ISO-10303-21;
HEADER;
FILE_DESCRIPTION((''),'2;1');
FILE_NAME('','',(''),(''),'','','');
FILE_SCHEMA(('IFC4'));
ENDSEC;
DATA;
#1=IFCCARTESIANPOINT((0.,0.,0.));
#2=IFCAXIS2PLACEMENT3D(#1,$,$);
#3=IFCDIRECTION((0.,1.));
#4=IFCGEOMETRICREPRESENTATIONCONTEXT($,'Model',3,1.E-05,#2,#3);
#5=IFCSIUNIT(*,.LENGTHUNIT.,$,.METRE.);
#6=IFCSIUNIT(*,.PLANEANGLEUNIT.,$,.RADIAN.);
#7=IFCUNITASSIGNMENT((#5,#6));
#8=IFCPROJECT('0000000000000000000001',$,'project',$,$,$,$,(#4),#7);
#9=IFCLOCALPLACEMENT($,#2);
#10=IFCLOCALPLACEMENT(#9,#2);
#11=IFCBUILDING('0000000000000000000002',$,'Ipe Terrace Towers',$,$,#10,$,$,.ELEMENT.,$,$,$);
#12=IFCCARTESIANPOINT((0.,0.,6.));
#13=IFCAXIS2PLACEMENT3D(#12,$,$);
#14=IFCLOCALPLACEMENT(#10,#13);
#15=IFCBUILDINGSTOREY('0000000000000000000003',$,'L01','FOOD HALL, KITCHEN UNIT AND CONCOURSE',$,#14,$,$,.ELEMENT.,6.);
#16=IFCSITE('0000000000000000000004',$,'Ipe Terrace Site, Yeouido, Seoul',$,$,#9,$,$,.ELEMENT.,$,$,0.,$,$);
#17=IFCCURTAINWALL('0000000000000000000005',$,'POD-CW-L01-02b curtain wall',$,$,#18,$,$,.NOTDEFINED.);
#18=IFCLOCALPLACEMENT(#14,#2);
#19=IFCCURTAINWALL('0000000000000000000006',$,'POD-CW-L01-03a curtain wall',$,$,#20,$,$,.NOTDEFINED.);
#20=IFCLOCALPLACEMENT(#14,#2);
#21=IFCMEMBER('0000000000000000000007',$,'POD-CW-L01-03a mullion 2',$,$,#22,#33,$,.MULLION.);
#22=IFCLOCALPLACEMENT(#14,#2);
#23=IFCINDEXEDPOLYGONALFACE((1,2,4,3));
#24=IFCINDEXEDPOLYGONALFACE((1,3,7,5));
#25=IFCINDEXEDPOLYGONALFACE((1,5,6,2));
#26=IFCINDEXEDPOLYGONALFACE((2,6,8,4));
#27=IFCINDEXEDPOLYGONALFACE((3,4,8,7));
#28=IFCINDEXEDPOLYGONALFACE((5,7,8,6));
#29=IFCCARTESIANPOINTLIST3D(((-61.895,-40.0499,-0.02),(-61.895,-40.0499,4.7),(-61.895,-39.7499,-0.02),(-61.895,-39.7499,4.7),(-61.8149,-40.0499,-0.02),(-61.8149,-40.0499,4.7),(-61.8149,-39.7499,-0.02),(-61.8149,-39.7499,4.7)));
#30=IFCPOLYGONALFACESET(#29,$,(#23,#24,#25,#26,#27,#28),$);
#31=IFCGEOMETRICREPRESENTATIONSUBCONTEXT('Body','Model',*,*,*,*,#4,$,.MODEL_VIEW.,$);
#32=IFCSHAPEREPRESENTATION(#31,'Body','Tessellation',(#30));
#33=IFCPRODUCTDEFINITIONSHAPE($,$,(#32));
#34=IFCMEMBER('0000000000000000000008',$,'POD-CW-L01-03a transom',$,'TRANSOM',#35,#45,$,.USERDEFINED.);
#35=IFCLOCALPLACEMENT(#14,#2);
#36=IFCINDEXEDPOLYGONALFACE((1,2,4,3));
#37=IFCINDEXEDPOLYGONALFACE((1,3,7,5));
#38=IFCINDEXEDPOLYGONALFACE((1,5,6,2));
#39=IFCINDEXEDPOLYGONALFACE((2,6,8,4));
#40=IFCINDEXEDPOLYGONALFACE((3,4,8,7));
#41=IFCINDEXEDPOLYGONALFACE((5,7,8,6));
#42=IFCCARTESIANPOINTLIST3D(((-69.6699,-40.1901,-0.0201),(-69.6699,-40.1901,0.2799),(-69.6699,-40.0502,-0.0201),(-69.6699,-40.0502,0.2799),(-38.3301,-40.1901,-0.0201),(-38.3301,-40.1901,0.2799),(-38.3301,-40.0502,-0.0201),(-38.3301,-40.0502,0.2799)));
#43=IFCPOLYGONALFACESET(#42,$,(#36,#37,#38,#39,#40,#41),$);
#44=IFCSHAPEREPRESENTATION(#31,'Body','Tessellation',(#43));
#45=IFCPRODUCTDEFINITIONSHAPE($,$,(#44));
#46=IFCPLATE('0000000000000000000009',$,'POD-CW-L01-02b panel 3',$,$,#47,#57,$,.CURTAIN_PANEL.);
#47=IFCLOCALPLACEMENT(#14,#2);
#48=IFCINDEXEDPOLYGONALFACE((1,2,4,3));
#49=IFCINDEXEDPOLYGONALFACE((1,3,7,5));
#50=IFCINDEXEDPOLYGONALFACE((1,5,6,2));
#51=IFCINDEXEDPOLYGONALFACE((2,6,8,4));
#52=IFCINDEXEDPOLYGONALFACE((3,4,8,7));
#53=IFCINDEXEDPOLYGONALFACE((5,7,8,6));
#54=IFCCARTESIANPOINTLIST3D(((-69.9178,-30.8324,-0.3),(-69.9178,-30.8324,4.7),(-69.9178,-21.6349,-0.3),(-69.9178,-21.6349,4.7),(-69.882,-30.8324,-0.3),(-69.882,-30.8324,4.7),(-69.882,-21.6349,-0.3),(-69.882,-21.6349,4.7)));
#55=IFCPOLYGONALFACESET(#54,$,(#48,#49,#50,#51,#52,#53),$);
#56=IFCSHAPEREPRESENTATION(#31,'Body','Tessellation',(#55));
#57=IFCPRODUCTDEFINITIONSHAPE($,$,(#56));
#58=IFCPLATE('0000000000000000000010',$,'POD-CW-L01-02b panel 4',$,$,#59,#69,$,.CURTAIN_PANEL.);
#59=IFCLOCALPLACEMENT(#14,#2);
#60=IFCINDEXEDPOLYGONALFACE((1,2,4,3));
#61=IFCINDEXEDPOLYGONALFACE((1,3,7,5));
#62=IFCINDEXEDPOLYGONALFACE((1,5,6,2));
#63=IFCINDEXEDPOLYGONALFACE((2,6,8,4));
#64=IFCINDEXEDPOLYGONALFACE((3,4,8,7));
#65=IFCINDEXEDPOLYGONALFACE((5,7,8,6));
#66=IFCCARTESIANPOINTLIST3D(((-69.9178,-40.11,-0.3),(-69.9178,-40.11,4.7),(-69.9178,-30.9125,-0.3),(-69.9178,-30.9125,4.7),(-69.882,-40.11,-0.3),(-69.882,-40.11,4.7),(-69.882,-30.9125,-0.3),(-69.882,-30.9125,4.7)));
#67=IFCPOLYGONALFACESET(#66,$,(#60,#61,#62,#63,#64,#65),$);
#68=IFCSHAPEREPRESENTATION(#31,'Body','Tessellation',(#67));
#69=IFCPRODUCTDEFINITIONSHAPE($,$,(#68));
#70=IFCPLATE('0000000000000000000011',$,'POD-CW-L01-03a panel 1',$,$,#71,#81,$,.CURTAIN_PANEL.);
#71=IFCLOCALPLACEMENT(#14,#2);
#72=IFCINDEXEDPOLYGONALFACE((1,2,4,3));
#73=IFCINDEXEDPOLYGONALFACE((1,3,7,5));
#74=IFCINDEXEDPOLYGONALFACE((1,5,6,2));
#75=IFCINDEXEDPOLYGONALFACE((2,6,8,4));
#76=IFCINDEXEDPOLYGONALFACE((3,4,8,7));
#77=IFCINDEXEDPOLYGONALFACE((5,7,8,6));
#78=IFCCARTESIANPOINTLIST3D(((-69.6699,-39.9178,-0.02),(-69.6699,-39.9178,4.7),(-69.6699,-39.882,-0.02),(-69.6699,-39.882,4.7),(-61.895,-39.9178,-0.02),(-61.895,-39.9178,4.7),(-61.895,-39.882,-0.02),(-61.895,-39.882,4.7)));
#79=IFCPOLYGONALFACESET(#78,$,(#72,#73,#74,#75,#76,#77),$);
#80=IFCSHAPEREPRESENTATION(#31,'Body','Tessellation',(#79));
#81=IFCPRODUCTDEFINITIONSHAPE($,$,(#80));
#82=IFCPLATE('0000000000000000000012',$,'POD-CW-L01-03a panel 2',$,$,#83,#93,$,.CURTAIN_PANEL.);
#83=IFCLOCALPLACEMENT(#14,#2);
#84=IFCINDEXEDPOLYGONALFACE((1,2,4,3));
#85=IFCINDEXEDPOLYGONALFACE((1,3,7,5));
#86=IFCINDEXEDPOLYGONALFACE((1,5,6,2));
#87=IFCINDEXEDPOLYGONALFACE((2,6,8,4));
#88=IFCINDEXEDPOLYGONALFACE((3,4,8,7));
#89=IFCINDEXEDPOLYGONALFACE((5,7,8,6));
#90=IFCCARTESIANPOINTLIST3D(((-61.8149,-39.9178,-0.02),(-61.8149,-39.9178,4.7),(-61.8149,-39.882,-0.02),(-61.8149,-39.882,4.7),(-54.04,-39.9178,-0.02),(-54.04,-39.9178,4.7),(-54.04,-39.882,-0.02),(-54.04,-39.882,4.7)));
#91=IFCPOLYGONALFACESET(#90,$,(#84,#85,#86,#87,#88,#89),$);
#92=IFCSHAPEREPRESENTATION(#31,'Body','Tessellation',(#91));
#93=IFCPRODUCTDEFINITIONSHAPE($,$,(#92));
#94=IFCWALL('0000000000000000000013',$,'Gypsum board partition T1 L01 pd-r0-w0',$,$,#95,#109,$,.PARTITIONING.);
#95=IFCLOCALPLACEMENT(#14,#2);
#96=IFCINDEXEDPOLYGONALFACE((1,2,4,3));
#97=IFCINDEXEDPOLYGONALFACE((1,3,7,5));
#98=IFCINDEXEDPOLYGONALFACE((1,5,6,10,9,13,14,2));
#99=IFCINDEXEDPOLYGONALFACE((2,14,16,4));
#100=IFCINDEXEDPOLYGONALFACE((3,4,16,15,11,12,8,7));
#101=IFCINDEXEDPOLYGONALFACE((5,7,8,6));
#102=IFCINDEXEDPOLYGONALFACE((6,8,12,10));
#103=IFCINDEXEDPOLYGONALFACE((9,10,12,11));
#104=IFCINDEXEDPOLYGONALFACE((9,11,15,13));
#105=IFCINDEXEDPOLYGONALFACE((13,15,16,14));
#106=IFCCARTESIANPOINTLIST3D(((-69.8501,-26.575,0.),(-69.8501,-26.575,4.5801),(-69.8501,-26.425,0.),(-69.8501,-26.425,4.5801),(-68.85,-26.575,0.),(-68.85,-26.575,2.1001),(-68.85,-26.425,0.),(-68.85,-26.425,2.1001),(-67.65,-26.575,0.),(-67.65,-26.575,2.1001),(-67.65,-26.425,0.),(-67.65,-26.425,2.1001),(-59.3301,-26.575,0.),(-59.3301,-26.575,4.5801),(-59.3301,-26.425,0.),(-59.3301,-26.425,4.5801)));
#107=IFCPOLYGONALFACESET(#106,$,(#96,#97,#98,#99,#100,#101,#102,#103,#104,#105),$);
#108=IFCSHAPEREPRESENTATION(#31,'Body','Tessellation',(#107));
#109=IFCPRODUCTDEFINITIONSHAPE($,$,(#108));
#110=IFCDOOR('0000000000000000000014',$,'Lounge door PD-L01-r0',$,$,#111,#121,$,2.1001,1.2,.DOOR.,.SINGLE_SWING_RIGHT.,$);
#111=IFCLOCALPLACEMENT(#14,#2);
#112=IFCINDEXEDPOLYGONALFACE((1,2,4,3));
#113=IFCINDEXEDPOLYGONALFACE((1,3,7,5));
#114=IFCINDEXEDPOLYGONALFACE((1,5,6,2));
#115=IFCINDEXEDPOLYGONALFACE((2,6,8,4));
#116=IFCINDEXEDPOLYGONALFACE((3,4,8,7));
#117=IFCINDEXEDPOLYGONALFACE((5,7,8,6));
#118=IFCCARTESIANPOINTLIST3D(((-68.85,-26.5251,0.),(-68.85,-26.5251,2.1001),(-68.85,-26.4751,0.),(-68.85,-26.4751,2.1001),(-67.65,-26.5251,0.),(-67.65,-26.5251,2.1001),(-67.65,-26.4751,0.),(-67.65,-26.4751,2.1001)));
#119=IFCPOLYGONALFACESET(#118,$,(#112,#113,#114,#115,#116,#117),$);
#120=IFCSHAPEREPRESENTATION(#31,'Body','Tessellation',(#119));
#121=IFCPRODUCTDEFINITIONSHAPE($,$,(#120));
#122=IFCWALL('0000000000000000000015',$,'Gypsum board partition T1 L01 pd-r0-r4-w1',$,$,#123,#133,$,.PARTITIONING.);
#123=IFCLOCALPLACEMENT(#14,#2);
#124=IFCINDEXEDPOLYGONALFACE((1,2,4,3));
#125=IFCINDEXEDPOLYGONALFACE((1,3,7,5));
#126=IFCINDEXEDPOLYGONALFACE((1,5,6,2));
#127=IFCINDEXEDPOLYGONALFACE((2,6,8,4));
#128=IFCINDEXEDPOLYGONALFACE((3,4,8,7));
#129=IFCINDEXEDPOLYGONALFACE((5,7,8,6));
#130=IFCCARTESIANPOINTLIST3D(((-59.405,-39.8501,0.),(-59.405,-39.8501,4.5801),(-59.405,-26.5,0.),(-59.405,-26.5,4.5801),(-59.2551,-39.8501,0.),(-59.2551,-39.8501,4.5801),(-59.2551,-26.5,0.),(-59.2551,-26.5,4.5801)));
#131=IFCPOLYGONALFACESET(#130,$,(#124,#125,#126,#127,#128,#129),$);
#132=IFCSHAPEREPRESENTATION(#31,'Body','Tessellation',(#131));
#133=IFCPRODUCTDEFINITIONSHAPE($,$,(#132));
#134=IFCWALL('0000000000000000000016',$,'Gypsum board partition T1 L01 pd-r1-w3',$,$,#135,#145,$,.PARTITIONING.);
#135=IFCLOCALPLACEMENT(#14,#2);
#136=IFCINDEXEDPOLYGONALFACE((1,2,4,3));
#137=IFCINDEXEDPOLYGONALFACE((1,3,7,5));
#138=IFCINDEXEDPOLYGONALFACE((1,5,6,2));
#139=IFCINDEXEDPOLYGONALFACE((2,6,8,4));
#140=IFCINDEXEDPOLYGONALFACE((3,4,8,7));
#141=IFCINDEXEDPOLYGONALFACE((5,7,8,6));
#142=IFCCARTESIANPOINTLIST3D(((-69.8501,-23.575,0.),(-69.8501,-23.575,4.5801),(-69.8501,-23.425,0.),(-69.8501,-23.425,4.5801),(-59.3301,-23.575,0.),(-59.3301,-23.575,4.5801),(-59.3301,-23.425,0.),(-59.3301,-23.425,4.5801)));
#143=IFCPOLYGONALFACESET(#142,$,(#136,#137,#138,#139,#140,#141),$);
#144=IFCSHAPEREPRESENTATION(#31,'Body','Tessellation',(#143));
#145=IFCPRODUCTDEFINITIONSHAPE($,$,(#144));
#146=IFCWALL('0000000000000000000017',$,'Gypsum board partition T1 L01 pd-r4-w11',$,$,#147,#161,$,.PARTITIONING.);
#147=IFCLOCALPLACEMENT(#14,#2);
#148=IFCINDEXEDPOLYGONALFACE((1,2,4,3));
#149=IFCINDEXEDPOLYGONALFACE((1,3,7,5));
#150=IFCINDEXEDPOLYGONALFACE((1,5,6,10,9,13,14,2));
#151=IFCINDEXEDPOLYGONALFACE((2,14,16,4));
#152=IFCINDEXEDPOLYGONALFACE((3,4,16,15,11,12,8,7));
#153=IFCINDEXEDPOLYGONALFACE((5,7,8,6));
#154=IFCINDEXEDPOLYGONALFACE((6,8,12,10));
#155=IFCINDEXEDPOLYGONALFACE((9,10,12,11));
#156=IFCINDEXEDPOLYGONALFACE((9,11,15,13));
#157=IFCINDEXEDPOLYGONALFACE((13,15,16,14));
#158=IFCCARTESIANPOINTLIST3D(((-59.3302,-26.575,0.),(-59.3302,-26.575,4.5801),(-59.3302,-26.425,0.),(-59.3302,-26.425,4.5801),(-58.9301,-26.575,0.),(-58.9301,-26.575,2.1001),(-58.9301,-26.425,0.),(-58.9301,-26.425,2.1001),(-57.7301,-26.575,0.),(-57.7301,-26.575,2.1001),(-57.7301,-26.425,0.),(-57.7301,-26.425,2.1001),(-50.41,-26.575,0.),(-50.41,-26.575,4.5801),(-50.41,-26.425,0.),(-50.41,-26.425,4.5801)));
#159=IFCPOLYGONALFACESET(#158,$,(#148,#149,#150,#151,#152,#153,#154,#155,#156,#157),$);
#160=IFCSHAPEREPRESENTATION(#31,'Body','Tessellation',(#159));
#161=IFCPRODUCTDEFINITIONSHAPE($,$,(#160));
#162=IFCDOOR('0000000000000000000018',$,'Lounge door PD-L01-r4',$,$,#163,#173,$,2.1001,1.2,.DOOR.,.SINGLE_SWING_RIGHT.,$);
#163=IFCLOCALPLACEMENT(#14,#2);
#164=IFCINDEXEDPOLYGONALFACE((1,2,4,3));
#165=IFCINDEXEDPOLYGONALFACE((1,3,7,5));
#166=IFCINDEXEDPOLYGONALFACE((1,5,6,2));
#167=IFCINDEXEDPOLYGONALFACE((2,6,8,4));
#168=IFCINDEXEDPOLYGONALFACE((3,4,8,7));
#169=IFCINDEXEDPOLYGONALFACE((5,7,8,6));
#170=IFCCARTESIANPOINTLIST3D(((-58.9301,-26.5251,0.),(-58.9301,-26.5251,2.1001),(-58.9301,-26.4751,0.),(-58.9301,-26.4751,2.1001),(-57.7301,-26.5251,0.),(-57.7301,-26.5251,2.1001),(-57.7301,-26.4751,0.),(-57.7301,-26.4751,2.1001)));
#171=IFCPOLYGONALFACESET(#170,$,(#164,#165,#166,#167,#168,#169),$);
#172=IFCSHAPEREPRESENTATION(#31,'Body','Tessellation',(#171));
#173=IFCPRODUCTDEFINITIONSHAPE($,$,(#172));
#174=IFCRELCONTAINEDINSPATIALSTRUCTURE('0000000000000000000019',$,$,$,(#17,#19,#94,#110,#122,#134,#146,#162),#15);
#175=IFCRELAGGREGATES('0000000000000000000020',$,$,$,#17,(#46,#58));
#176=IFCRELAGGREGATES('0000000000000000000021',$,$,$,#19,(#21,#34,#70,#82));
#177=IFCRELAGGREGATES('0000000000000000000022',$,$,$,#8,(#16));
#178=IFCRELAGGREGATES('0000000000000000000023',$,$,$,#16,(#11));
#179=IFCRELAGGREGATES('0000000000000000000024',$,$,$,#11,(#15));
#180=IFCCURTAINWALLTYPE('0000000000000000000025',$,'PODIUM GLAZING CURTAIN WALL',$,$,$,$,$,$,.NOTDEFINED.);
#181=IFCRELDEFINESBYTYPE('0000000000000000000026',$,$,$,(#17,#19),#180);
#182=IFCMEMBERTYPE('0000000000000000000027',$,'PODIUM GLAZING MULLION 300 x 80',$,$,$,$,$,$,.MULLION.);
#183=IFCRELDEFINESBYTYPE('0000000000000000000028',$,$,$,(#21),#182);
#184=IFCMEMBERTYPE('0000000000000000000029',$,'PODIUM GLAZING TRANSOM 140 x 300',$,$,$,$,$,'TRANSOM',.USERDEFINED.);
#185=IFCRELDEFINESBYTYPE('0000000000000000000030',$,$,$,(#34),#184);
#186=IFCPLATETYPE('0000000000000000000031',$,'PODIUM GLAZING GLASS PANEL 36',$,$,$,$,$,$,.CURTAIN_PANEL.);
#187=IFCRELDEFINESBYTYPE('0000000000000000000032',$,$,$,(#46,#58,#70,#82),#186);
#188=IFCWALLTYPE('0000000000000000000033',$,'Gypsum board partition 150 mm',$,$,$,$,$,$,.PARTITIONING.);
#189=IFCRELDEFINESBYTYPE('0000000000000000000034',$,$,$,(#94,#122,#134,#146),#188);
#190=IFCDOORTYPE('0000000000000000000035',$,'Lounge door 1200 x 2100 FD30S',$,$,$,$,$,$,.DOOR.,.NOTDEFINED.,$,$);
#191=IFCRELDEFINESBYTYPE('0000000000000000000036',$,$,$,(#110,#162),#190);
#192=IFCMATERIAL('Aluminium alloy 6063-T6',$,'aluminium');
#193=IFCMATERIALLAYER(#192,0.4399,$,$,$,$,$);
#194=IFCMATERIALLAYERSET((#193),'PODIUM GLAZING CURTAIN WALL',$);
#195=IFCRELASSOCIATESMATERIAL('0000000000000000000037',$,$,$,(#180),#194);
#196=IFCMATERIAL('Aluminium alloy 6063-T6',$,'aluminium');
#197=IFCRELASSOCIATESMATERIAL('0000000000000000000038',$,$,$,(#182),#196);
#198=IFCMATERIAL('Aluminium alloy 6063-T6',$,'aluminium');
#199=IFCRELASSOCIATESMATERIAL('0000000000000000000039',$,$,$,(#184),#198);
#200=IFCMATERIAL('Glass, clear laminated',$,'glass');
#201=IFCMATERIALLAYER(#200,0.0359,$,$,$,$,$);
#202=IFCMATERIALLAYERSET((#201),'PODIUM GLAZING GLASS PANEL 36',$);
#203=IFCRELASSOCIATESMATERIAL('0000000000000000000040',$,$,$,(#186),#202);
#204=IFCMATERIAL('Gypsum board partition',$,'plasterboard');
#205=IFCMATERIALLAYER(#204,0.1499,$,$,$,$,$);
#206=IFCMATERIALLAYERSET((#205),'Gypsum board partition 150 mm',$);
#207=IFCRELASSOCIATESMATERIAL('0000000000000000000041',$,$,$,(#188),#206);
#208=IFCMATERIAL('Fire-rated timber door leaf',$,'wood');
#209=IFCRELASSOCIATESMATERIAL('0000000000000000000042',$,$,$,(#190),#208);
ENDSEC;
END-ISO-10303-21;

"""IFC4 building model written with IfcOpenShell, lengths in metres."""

from ifc_helpers import new_model, si_unit, direction, frame, frame_2d, origin, origin_2d, place, context, subcontext, project, spatial, rectangle, extrude, material, layer, layer_set, material_profile, profile_set, type_object, element, fill, aggregate, save


model = new_model("IFC4")

# Units and contexts
model_context = context("Model", 3, precision=1e-05, world=origin(), true_north=direction((0.0, 1.0)))
body_context = subcontext(model_context, "Body", "Model", "MODEL_VIEW")
ifc_project = project(units=[si_unit("LENGTHUNIT", "METRE"), si_unit("PLANEANGLEUNIT", "RADIAN")], contexts=[model_context])

# Site, building, storey
site_placement = place(None, origin())
site = spatial("IfcSite", under=ifc_project, at=site_placement, Name="Ipe Terrace Site, Yeouido, Seoul", CompositionType="ELEMENT", RefElevation=0.0)
building_placement = place(site_placement, origin())
building = spatial("IfcBuilding", under=site, at=building_placement, Name="Ipe Terrace Towers", CompositionType="ELEMENT")
storey_placement = place(building_placement, frame((0.0, 0.0, 6.0)))
storey = spatial("IfcBuildingStorey", under=building, at=storey_placement, Name="L01", Description="FOOD HALL, KITCHEN UNIT AND CONCOURSE", CompositionType="ELEMENT", Elevation=6.0)

# Curtain walls, members
ifc_material_1 = material(Name="Aluminium alloy 6063-T6", Category="aluminium")
ifc_layer_1 = layer(ifc_material_1, 0.4399)
ifc_layer_set_1 = layer_set([ifc_layer_1], Name="PODIUM GLAZING CURTAIN WALL")
curtain_wall_type = type_object("IfcCurtainWallType", Name="PODIUM GLAZING CURTAIN WALL", PredefinedType="NOTDEFINED", material=ifc_layer_set_1)
curtain_wall_1_placement = place(storey_placement, origin())
curtain_wall_1 = element("IfcCurtainWall", 1, at=curtain_wall_1_placement, inside=storey, type_object=curtain_wall_type, Name="POD-CW-L01-02b curtain wall", PredefinedType="NOTDEFINED")
ifc_material_2 = material(Name="Aluminium alloy 6063-T6", Category="aluminium")
ifc_material_profile_1 = material_profile(ifc_material_2, rectangle(XDim=0.3, YDim=0.0801, at=origin_2d()), Name="PODIUM GLAZING MULLION 300 x 80")
ifc_profile_set_1 = profile_set([ifc_material_profile_1], Name="Aluminium alloy 6063-T6")
member_type_1 = type_object("IfcMemberType", Name="PODIUM GLAZING MULLION 300 x 80", PredefinedType="MULLION", material=ifc_profile_set_1)
curtain_wall_2_placement = place(storey_placement, origin())
curtain_wall_2 = element("IfcCurtainWall", 2, at=curtain_wall_2_placement, inside=storey, type_object=curtain_wall_type, Name="POD-CW-L01-03a curtain wall", PredefinedType="NOTDEFINED")
member_1_placement = place(storey_placement, frame((-61.855, -39.8999, -0.02), z_axis=(0.0, 0.0, 1.0), x_axis=(0.0, -1.0, 0.0)))
member_1 = element("IfcMember", 3, at=member_1_placement, type_object=member_type_1, Name="POD-CW-L01-03a mullion 2", PredefinedType="MULLION", context=body_context, shape_type="SweptSolid", body=[
    extrude(rectangle(XDim=0.3, YDim=0.0801, at=origin_2d()), origin(), (0.0, 0.0, 1.0), 4.72),
])
ifc_material_3 = material(Name="Aluminium alloy 6063-T6", Category="aluminium")
ifc_material_profile_2 = material_profile(ifc_material_3, rectangle(XDim=0.1399, YDim=0.3, at=origin_2d()), Name="PODIUM GLAZING TRANSOM 140 x 300")
ifc_profile_set_2 = profile_set([ifc_material_profile_2], Name="Aluminium alloy 6063-T6")
member_type_2 = type_object("IfcMemberType", Name="PODIUM GLAZING TRANSOM 140 x 300", ElementType="TRANSOM", PredefinedType="USERDEFINED", material=ifc_profile_set_2)
member_2_placement = place(storey_placement, frame((-69.6699, -40.1201, 0.1299), z_axis=(1.0, 0.0, 0.0), x_axis=(0.0, -1.0, 0.0)))
member_2 = element("IfcMember", 4, at=member_2_placement, type_object=member_type_2, Name="POD-CW-L01-03a transom", ObjectType="TRANSOM", PredefinedType="USERDEFINED", context=body_context, shape_type="SweptSolid", body=[
    extrude(rectangle(XDim=0.1399, YDim=0.3, at=origin_2d()), origin(), (0.0, 0.0, 1.0), 31.3398),
])

# Plates
ifc_material_4 = material(Name="Glass, clear laminated", Category="glass")
ifc_layer_2 = layer(ifc_material_4, 0.0359)
ifc_layer_set_2 = layer_set([ifc_layer_2], Name="PODIUM GLAZING GLASS PANEL 36")
plate_type = type_object("IfcPlateType", Name="PODIUM GLAZING GLASS PANEL 36", PredefinedType="CURTAIN_PANEL", material=ifc_layer_set_2)
plate_1_placement = place(storey_placement, frame((-69.8999, -26.2336, -0.3), z_axis=(0.0, 0.0, 1.0), x_axis=(0.0, -1.0, 0.0)))
plate_1 = element("IfcPlate", 5, at=plate_1_placement, type_object=plate_type, Name="POD-CW-L01-02b panel 3", PredefinedType="CURTAIN_PANEL", context=body_context, shape_type="SweptSolid", body=[
    extrude(rectangle(XDim=9.1975, YDim=0.0359, at=origin_2d()), origin(), (0.0, 0.0, 1.0), 5.0),
])
plate_2_placement = place(storey_placement, frame((-69.8999, -35.5112, -0.3), z_axis=(0.0, 0.0, 1.0), x_axis=(0.0, -1.0, 0.0)))
plate_2 = element("IfcPlate", 6, at=plate_2_placement, type_object=plate_type, Name="POD-CW-L01-02b panel 4", PredefinedType="CURTAIN_PANEL", context=body_context, shape_type="SweptSolid", body=[
    extrude(rectangle(XDim=9.1975, YDim=0.0359, at=origin_2d()), origin(), (0.0, 0.0, 1.0), 5.0),
])
aggregate(curtain_wall_1, [plate_1, plate_2])
plate_3_placement = place(storey_placement, frame((-65.7825, -39.8999, -0.02), z_axis=(0.0, 0.0, 1.0), x_axis=(1.0, 0.0, 0.0)))
plate_3 = element("IfcPlate", 7, at=plate_3_placement, type_object=plate_type, Name="POD-CW-L01-03a panel 1", PredefinedType="CURTAIN_PANEL", context=body_context, shape_type="SweptSolid", body=[
    extrude(rectangle(XDim=7.7749, YDim=0.0359, at=origin_2d()), origin(), (0.0, 0.0, 1.0), 4.72),
])
plate_4_placement = place(storey_placement, frame((-57.9275, -39.8999, -0.02), z_axis=(0.0, 0.0, 1.0), x_axis=(1.0, 0.0, 0.0)))
plate_4 = element("IfcPlate", 8, at=plate_4_placement, type_object=plate_type, Name="POD-CW-L01-03a panel 2", PredefinedType="CURTAIN_PANEL", context=body_context, shape_type="SweptSolid", body=[
    extrude(rectangle(XDim=7.7749, YDim=0.0359, at=origin_2d()), origin(), (0.0, 0.0, 1.0), 4.72),
])
aggregate(curtain_wall_2, [member_1, member_2, plate_3, plate_4])

# Wall, opening, door
ifc_material_5 = material(Name="Gypsum board partition", Category="plasterboard")
ifc_layer_3 = layer(ifc_material_5, 0.1499)
ifc_layer_set_3 = layer_set([ifc_layer_3], Name="Gypsum board partition 150 mm")
wall_type_1 = type_object("IfcWallType", Name="Gypsum board partition 150 mm", PredefinedType="PARTITIONING", material=ifc_layer_set_3)
wall_1_placement = place(storey_placement, frame((-69.8501, -26.5, 0.0), z_axis=(0.0, 0.0, 1.0), x_axis=(1.0, 0.0, 0.0)))
wall_1 = element("IfcWall", 9, at=wall_1_placement, inside=storey, type_object=wall_type_1, Name="Gypsum board partition T1 L01 pd-r0-w0", PredefinedType="PARTITIONING", context=body_context, shape_type="SweptSolid", body=[
    extrude(rectangle(XDim=10.52, YDim=0.1499, at=frame_2d((5.26, 0.0))), origin(), (0.0, 0.0, 1.0), 4.5801),
])
opening_1_placement = place(wall_1_placement, frame((1.0, 0.0, 0.0)))
opening_1 = element("IfcOpeningElement", 10, at=opening_1_placement, cuts=wall_1, PredefinedType="OPENING", context=body_context, shape_type="SweptSolid", body=[
    extrude(rectangle(XDim=1.2, YDim=2.1001, at=frame_2d((0.6001, 1.05))), frame((0.0, 0.085, 0.0), z_axis=(0.0, -1.0, 0.0), x_axis=(1.0, 0.0, 0.0)), (0.0, 0.0, 1.0), 0.1699),
])
ifc_material_6 = material(Name="Fire-rated timber door leaf", Category="wood")
door_type_1 = type_object("IfcDoorType", Name="Lounge door 1200 x 2100 FD30S", OperationType="NOTDEFINED", PredefinedType="DOOR", material=ifc_material_6)
door_1_placement = place(opening_1_placement, origin())
door_1 = element("IfcDoor", 11, at=door_1_placement, inside=storey, type_object=door_type_1, Name="Lounge door PD-L01-r0", OperationType="SINGLE_SWING_RIGHT", OverallHeight=2.1001, OverallWidth=1.2, PredefinedType="DOOR", context=body_context, shape_type="SweptSolid", body=[
    extrude(rectangle(XDim=1.2, YDim=2.1001, at=frame_2d((0.6001, 1.05))), frame((0.0, 0.0249, 0.0), z_axis=(0.0, -1.0, 0.0), x_axis=(1.0, 0.0, 0.0)), (0.0, 0.0, 1.0), 0.05),
])
fill(opening_1, door_1)

# Walls
wall_2_placement = place(storey_placement, frame((-59.3301, -26.5, 0.0), z_axis=(0.0, 0.0, 1.0), x_axis=(0.0, -1.0, 0.0)))
element("IfcWall", 12, at=wall_2_placement, inside=storey, type_object=wall_type_1, Name="Gypsum board partition T1 L01 pd-r0-r4-w1", PredefinedType="PARTITIONING", context=body_context, shape_type="SweptSolid", body=[
    extrude(rectangle(XDim=13.3501, YDim=0.1499, at=frame_2d((6.675, 0.0))), origin(), (0.0, 0.0, 1.0), 4.5801),
])
wall_3_placement = place(storey_placement, frame((-59.3301, -23.5, 0.0), z_axis=(0.0, 0.0, 1.0), x_axis=(-1.0, 0.0, 0.0)))
element("IfcWall", 13, at=wall_3_placement, inside=storey, type_object=wall_type_1, Name="Gypsum board partition T1 L01 pd-r1-w3", PredefinedType="PARTITIONING", context=body_context, shape_type="SweptSolid", body=[
    extrude(rectangle(XDim=10.52, YDim=0.1499, at=frame_2d((5.26, 0.0))), origin(), (0.0, 0.0, 1.0), 4.5801),
])

# Wall, opening, door
wall_4_placement = place(storey_placement, frame((-59.3301, -26.5, 0.0), z_axis=(0.0, 0.0, 1.0), x_axis=(1.0, 0.0, 0.0)))
wall_4 = element("IfcWall", 14, at=wall_4_placement, inside=storey, type_object=wall_type_1, Name="Gypsum board partition T1 L01 pd-r4-w11", PredefinedType="PARTITIONING", context=body_context, shape_type="SweptSolid", body=[
    extrude(rectangle(XDim=8.9202, YDim=0.1499, at=frame_2d((4.46, 0.0))), origin(), (0.0, 0.0, 1.0), 4.5801),
])
opening_2_placement = place(wall_4_placement, frame((0.3999, 0.0, 0.0)))
opening_2 = element("IfcOpeningElement", 15, at=opening_2_placement, cuts=wall_4, PredefinedType="OPENING", context=body_context, shape_type="SweptSolid", body=[
    extrude(rectangle(XDim=1.2, YDim=2.1001, at=frame_2d((0.6001, 1.05))), frame((0.0, 0.085, 0.0), z_axis=(0.0, -1.0, 0.0), x_axis=(1.0, 0.0, 0.0)), (0.0, 0.0, 1.0), 0.1699),
])
door_2_placement = place(opening_2_placement, origin())
door_2 = element("IfcDoor", 16, at=door_2_placement, inside=storey, type_object=door_type_1, Name="Lounge door PD-L01-r4", OperationType="SINGLE_SWING_RIGHT", OverallHeight=2.1001, OverallWidth=1.2, PredefinedType="DOOR", context=body_context, shape_type="SweptSolid", body=[
    extrude(rectangle(XDim=1.2, YDim=2.1001, at=frame_2d((0.6001, 1.05))), frame((0.0, 0.0249, 0.0), z_axis=(0.0, -1.0, 0.0), x_axis=(1.0, 0.0, 0.0)), (0.0, 0.0, 1.0), 0.05),
])
fill(opening_2, door_2)

save(model, "model.ifc")
